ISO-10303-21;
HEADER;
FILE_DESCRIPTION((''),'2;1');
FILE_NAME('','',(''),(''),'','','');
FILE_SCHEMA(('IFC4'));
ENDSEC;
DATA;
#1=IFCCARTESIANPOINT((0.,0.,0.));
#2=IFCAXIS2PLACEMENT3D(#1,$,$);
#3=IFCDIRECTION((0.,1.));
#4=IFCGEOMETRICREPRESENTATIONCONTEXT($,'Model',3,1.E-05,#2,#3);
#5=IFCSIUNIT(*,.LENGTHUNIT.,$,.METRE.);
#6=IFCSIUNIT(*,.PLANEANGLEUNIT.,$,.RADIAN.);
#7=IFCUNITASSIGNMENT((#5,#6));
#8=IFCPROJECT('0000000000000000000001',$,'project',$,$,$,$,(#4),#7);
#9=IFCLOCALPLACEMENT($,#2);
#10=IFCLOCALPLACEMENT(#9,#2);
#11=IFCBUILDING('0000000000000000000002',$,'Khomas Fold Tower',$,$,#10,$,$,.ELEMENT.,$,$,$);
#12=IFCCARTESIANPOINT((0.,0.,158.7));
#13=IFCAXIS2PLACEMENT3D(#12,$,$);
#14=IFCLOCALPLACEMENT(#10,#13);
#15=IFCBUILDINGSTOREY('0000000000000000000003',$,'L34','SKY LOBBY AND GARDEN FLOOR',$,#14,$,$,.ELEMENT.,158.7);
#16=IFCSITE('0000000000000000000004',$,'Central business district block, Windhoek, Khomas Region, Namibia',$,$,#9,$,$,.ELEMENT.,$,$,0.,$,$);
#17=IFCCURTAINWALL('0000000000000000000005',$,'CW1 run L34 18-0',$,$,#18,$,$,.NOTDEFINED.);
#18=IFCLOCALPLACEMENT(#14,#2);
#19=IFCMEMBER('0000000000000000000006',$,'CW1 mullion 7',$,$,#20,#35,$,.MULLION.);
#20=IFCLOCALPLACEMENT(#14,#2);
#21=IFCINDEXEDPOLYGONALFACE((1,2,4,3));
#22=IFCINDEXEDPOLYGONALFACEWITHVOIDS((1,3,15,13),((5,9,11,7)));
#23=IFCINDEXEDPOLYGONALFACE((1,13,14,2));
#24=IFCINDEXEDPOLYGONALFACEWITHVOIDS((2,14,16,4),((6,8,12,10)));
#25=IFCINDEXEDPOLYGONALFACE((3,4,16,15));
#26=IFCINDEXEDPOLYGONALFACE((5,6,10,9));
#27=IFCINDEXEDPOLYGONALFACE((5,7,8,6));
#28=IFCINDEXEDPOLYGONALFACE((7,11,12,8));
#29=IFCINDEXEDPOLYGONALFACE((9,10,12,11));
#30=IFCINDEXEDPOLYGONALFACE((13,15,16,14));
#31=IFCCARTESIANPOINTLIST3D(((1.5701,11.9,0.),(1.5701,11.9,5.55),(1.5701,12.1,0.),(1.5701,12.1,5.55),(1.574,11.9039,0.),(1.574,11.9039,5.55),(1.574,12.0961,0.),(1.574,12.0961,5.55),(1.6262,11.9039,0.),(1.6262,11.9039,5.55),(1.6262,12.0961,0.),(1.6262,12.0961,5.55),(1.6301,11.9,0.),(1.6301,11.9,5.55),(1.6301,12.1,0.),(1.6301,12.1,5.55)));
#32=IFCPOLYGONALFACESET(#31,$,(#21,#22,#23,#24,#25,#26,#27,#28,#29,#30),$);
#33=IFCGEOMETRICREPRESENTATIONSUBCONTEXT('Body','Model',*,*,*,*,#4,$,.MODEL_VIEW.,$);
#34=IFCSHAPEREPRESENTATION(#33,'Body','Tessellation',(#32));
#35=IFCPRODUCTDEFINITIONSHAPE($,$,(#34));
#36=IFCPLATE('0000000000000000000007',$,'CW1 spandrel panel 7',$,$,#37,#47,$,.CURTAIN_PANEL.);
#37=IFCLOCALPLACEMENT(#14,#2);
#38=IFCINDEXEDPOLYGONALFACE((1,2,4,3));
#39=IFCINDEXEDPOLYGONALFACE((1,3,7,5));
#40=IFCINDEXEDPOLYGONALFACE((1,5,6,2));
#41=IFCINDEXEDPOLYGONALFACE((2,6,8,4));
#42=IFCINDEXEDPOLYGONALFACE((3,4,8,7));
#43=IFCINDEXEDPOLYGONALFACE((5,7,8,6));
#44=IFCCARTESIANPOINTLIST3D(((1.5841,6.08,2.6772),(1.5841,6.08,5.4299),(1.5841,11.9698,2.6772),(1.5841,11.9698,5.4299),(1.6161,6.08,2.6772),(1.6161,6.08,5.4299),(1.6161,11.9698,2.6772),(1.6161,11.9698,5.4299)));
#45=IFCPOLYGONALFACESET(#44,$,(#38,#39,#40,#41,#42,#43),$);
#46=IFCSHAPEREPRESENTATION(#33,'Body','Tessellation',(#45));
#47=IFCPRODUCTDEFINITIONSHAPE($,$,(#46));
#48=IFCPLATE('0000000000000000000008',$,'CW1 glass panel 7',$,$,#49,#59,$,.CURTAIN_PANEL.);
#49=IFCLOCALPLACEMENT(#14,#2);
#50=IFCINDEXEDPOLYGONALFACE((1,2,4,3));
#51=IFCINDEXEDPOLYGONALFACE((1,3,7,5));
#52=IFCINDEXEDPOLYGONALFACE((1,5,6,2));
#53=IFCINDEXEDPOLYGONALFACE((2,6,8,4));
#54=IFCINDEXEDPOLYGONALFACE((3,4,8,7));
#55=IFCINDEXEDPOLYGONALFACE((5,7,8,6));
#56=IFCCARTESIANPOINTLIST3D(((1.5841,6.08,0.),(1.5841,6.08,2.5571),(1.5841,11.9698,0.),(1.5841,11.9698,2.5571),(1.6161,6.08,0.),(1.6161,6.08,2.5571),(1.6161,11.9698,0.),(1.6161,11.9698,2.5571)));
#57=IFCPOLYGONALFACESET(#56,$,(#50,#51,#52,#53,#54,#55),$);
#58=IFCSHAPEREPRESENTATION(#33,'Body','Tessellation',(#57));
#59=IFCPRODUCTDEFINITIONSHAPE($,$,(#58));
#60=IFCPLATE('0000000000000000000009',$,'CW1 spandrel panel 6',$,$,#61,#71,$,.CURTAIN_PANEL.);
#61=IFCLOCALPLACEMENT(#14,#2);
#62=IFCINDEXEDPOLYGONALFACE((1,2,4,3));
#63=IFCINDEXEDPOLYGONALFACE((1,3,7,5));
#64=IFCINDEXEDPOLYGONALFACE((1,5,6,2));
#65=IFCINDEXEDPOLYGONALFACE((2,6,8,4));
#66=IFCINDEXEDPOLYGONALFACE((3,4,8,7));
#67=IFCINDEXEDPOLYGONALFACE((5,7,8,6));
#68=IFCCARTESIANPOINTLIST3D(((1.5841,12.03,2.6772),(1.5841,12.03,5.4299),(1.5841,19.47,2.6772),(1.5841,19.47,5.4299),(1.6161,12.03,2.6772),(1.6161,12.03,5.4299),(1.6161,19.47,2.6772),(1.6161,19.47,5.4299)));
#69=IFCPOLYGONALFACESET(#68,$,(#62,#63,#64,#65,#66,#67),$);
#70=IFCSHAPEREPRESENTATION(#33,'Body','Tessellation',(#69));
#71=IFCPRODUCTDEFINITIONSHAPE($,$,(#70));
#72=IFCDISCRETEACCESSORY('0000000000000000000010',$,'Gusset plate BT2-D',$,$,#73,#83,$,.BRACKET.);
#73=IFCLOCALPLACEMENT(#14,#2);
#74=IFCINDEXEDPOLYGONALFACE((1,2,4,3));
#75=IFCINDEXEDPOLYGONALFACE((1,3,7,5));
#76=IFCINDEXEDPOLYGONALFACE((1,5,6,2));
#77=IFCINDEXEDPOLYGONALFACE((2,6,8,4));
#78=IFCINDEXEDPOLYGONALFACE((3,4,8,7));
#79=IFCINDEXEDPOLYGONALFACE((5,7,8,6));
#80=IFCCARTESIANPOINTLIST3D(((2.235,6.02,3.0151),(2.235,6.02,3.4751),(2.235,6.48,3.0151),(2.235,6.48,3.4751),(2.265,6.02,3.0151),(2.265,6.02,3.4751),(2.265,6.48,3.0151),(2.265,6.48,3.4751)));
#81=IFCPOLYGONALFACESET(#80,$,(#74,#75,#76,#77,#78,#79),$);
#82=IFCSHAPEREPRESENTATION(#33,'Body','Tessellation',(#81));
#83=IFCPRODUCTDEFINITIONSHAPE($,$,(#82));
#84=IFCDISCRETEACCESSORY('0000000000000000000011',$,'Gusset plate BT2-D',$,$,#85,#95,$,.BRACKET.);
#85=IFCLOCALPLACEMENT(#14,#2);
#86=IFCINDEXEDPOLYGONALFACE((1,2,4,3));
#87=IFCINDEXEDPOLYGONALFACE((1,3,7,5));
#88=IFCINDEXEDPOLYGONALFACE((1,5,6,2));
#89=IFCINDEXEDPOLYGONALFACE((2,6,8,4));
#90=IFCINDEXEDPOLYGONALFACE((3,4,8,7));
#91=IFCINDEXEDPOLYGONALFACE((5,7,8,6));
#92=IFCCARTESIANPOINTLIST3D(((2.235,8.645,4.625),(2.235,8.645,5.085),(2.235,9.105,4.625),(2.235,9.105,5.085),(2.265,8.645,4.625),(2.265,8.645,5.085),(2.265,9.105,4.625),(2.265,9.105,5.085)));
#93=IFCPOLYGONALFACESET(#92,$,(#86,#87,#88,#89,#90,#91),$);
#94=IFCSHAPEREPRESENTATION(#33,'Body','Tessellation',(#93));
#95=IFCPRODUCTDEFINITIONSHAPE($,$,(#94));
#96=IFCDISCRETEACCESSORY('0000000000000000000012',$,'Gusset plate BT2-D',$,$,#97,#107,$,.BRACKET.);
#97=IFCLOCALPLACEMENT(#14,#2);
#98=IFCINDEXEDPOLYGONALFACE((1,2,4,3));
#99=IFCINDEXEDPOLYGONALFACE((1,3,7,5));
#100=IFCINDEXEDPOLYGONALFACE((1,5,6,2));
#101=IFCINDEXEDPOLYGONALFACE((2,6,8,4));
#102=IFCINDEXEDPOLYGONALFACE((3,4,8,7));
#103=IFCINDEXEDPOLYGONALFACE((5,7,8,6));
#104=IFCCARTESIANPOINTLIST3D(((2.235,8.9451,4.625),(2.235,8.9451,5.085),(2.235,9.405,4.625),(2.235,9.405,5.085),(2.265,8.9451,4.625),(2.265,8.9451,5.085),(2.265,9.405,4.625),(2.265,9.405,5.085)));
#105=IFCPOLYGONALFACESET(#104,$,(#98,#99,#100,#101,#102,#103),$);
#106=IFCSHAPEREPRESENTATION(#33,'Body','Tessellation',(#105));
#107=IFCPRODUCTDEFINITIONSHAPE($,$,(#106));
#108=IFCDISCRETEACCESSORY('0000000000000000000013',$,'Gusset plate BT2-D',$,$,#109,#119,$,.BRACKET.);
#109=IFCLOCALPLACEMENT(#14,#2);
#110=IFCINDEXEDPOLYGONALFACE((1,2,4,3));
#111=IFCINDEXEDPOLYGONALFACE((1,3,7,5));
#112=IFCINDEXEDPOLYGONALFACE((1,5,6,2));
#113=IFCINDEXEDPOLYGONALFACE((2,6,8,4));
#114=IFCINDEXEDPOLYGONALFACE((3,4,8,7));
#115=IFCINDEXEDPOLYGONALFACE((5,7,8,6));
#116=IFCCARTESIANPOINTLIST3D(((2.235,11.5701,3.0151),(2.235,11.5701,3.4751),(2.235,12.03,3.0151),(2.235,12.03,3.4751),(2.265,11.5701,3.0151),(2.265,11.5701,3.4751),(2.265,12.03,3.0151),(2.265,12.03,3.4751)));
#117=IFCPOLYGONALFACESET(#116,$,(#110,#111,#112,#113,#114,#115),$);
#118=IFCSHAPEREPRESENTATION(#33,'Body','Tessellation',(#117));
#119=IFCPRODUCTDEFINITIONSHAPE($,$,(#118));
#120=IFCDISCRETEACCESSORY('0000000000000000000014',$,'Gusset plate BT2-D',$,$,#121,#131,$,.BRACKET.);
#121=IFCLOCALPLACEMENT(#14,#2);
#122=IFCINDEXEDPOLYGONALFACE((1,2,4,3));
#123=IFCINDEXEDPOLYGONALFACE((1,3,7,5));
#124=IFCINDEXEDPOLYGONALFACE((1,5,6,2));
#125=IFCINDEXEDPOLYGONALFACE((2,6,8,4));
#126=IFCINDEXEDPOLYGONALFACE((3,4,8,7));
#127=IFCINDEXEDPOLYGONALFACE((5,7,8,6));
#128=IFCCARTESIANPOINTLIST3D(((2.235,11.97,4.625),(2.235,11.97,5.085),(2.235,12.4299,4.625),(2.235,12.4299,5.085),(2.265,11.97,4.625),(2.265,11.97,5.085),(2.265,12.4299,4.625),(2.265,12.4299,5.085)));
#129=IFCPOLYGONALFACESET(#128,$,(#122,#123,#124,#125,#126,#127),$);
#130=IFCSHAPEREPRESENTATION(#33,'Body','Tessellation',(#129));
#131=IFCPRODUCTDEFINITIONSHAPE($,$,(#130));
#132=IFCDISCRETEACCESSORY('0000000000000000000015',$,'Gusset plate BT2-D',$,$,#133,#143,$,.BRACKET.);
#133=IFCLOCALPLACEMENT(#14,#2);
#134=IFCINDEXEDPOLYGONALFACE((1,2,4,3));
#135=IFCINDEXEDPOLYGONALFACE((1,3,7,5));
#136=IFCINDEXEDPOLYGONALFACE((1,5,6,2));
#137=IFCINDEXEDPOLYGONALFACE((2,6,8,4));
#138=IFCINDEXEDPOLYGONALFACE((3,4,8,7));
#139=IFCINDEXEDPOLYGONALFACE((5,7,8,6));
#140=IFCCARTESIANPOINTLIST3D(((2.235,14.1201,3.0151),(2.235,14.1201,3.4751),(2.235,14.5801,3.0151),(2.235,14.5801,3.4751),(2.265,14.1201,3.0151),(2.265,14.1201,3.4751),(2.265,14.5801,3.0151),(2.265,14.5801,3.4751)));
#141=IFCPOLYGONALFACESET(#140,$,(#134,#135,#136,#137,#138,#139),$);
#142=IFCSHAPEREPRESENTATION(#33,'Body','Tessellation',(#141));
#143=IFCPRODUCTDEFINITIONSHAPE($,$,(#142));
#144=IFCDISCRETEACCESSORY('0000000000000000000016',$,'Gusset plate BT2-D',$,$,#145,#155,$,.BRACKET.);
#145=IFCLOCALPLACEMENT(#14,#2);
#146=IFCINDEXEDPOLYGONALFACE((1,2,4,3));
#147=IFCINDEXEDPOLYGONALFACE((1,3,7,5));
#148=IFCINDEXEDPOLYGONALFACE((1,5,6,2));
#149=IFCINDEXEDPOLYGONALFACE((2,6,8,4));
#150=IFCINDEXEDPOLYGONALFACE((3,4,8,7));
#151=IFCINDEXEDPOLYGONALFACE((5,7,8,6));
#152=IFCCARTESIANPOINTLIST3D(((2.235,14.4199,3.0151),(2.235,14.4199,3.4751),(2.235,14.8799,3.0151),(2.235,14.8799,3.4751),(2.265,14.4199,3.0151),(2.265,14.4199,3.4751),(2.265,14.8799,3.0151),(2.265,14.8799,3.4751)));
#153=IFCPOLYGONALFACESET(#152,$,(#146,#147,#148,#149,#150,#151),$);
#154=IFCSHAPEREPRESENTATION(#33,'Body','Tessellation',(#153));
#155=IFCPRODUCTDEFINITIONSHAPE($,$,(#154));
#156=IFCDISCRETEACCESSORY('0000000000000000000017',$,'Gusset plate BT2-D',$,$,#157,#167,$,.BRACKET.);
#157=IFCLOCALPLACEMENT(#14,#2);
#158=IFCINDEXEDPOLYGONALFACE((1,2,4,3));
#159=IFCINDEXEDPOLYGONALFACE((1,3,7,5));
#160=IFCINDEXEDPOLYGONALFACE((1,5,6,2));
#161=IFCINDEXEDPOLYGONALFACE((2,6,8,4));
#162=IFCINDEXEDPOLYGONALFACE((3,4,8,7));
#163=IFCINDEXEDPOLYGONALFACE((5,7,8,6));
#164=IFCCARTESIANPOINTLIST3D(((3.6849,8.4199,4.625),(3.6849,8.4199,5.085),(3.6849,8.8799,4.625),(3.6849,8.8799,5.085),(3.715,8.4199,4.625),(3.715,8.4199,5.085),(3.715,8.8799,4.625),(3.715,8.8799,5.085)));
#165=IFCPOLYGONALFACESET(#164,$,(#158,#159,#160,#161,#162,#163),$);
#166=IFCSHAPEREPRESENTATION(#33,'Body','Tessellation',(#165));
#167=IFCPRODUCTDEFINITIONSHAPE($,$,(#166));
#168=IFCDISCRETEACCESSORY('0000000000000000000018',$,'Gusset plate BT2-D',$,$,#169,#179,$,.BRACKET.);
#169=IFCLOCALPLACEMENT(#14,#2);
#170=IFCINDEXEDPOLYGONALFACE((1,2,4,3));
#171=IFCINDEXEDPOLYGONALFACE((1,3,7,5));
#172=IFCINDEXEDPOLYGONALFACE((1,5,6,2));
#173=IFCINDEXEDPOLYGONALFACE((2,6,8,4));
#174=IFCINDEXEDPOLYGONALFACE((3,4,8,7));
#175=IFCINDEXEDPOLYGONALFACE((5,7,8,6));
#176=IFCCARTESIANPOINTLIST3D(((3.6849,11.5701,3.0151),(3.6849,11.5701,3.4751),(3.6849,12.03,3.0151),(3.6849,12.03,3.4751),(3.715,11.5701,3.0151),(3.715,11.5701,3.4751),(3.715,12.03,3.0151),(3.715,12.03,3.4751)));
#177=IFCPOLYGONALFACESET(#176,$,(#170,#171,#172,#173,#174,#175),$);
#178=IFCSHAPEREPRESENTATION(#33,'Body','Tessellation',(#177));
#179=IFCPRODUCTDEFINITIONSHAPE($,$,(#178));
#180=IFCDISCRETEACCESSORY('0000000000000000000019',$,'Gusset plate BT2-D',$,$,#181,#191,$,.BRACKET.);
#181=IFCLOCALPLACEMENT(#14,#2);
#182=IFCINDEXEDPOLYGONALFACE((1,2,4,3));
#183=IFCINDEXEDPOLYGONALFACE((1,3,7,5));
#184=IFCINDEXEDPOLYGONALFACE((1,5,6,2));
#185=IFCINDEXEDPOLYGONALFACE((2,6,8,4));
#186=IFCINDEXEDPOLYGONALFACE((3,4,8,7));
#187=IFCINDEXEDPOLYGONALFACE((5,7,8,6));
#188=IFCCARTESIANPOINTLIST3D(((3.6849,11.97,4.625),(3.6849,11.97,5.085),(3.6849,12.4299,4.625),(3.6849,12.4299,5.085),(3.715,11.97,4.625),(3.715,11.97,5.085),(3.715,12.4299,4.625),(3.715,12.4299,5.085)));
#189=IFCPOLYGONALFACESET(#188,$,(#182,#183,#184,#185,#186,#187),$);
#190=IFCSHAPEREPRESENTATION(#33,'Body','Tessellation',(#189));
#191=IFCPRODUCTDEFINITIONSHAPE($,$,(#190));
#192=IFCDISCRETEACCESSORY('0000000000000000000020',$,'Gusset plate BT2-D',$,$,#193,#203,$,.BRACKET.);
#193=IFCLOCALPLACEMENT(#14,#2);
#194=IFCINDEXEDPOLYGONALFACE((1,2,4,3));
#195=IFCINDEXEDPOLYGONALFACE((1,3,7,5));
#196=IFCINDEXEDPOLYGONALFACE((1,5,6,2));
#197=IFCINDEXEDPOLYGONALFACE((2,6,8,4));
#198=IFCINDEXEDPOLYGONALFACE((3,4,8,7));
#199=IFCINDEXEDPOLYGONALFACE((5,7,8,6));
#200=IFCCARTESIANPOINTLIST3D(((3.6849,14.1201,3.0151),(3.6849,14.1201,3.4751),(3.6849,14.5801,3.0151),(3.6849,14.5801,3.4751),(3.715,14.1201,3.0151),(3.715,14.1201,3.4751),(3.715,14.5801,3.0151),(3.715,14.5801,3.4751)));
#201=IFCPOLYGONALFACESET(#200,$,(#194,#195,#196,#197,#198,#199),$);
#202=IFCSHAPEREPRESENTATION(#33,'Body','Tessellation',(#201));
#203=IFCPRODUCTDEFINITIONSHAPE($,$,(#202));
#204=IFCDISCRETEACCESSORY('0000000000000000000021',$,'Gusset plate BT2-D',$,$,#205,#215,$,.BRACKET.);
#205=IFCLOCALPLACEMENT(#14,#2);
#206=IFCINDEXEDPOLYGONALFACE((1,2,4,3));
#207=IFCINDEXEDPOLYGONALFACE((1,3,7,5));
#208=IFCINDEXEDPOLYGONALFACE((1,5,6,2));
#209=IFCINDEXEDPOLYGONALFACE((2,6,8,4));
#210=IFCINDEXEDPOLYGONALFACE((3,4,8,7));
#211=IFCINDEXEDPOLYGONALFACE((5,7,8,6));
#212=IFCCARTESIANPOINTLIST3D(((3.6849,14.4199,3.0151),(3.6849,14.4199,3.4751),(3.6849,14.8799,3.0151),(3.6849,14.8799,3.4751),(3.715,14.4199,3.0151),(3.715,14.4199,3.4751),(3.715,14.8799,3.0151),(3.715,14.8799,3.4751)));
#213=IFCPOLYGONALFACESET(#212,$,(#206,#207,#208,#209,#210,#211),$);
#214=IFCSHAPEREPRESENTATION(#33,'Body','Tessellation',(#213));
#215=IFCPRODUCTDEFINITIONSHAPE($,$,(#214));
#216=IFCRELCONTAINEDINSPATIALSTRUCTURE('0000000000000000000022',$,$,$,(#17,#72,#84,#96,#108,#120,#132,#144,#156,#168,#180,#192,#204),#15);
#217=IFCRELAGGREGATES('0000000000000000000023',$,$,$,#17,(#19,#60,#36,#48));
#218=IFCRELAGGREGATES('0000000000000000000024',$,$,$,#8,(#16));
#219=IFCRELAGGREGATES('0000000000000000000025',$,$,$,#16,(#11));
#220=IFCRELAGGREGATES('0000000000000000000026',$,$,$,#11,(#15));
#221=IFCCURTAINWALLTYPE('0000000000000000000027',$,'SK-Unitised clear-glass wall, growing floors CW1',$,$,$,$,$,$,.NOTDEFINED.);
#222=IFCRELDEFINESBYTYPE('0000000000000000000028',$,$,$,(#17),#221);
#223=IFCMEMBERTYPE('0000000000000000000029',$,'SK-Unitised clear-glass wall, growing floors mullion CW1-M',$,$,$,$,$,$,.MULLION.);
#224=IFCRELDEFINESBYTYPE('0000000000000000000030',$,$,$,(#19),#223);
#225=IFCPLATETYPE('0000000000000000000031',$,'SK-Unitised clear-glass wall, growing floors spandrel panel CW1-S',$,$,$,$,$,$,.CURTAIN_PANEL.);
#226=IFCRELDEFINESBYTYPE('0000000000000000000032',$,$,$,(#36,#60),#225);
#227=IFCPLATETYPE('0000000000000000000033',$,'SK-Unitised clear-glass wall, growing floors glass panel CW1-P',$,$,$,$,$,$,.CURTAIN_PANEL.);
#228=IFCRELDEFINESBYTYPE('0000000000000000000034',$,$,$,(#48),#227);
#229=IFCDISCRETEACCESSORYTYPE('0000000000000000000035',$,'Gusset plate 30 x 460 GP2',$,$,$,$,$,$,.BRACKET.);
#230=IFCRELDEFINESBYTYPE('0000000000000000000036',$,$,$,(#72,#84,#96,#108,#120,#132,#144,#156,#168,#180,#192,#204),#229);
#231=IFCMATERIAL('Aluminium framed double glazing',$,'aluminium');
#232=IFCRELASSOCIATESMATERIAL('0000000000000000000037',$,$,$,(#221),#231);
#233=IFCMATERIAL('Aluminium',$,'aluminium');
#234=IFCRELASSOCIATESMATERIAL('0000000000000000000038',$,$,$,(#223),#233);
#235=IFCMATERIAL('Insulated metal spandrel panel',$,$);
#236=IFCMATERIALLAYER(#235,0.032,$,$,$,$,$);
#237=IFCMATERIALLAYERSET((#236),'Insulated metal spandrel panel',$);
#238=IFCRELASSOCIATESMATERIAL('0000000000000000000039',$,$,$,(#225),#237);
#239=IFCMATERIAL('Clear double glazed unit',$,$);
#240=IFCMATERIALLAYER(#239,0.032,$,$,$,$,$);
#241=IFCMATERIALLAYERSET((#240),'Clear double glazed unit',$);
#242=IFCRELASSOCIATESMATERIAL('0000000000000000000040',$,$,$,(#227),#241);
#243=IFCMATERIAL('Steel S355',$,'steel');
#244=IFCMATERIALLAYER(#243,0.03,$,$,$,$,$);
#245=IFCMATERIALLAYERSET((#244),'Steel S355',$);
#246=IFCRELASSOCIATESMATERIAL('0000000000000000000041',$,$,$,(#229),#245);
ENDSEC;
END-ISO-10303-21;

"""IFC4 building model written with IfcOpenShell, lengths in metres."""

from ifc_helpers import new_model, si_unit, direction, frame, origin, origin_2d, place, context, subcontext, project, spatial, rectangle, hollow_rectangle, extrude, source, transform, mapped, material, layer, layer_set, material_profile, profile_set, type_object, element, aggregate, save


model = new_model("IFC4")

# Units and contexts
model_context = context("Model", 3, precision=1e-05, world=origin(), true_north=direction((0.0, 1.0)))
body_context = subcontext(model_context, "Body", "Model", "MODEL_VIEW")
ifc_project = project(units=[si_unit("LENGTHUNIT", "METRE"), si_unit("PLANEANGLEUNIT", "RADIAN")], contexts=[model_context])

# Site, building, storey
site_placement = place(None, origin())
site = spatial("IfcSite", under=ifc_project, at=site_placement, Name="Central business district block, Windhoek, Khomas Region, Namibia", CompositionType="ELEMENT", RefElevation=0.0)
building_placement = place(site_placement, origin())
building = spatial("IfcBuilding", under=site, at=building_placement, Name="Khomas Fold Tower", CompositionType="ELEMENT")
storey_placement = place(building_placement, frame((0.0, 0.0, 158.7)))
storey = spatial("IfcBuildingStorey", under=building, at=storey_placement, Name="L34", Description="SKY LOBBY AND GARDEN FLOOR", CompositionType="ELEMENT", Elevation=158.7)

# Curtain wall, member, plates
ifc_material_1 = material(Name="Aluminium framed double glazing", Category="aluminium")
curtain_wall_type = type_object("IfcCurtainWallType", Name="SK-Unitised clear-glass wall, growing floors CW1", PredefinedType="NOTDEFINED", material=ifc_material_1)
curtain_wall_placement = place(storey_placement, origin())
curtain_wall = element("IfcCurtainWall", 1, at=curtain_wall_placement, inside=storey, type_object=curtain_wall_type, Name="CW1 run L34 18-0", PredefinedType="NOTDEFINED")
ifc_material_2 = material(Name="Aluminium", Category="aluminium")
ifc_material_profile_1 = material_profile(ifc_material_2, hollow_rectangle(XDim=0.0601, YDim=0.2, WallThickness=0.0039, at=origin_2d()), Name="SK-Unitised clear-glass wall, growing floors mullion CW1-M")
ifc_profile_set_1 = profile_set([ifc_material_profile_1], Name="Aluminium")
member_type_1 = type_object("IfcMemberType", Name="SK-Unitised clear-glass wall, growing floors mullion CW1-M", PredefinedType="MULLION", material=ifc_profile_set_1)
shared_shape_1 = source(origin(), body_context, "Body", "SweptSolid", [
    extrude(hollow_rectangle(XDim=0.0601, YDim=0.2, WallThickness=0.0039, at=origin_2d()), origin(), (0.0, 0.0, 1.0), 5.55),
])
member_1_placement = place(storey_placement, frame((1.6001, 12.0, 0.0), z_axis=(0.0, 0.0, 1.0), x_axis=(1.0, 0.0, 0.0)))
member_1 = element("IfcMember", 2, at=member_1_placement, type_object=member_type_1, Name="CW1 mullion 7", PredefinedType="MULLION", context=body_context, shape_type="MappedRepresentation", body=[
    mapped(shared_shape_1, transform((0.0, 0.0, 0.0))),
])
ifc_material_3 = material(Name="Insulated metal spandrel panel")
ifc_layer_1 = layer(ifc_material_3, 0.032)
ifc_layer_set_1 = layer_set([ifc_layer_1], Name="Insulated metal spandrel panel")
plate_type_1 = type_object("IfcPlateType", Name="SK-Unitised clear-glass wall, growing floors spandrel panel CW1-S", PredefinedType="CURTAIN_PANEL", material=ifc_layer_set_1)
shared_shape_2 = source(origin(), body_context, "Body", "SweptSolid", [
    extrude(rectangle(XDim=5.8899, YDim=0.032, at=origin_2d()), origin(), (0.0, 0.0, 1.0), 2.7527),
])
plate_1_placement = place(storey_placement, frame((1.6001, 9.0249, 2.6772), z_axis=(0.0, 0.0, 1.0), x_axis=(0.0, -1.0, 0.0)))
plate_1 = element("IfcPlate", 3, at=plate_1_placement, type_object=plate_type_1, Name="CW1 spandrel panel 7", PredefinedType="CURTAIN_PANEL", context=body_context, shape_type="MappedRepresentation", body=[
    mapped(shared_shape_2, transform((0.0, 0.0, 0.0))),
])
ifc_material_4 = material(Name="Clear double glazed unit")
ifc_layer_2 = layer(ifc_material_4, 0.032)
ifc_layer_set_2 = layer_set([ifc_layer_2], Name="Clear double glazed unit")
plate_type_2 = type_object("IfcPlateType", Name="SK-Unitised clear-glass wall, growing floors glass panel CW1-P", PredefinedType="CURTAIN_PANEL", material=ifc_layer_set_2)
shared_shape_3 = source(origin(), body_context, "Body", "SweptSolid", [
    extrude(rectangle(XDim=5.8899, YDim=0.032, at=origin_2d()), origin(), (0.0, 0.0, 1.0), 2.5571),
])
plate_2_placement = place(storey_placement, frame((1.6001, 9.0249, 0.0), z_axis=(0.0, 0.0, 1.0), x_axis=(0.0, -1.0, 0.0)))
plate_2 = element("IfcPlate", 4, at=plate_2_placement, type_object=plate_type_2, Name="CW1 glass panel 7", PredefinedType="CURTAIN_PANEL", context=body_context, shape_type="MappedRepresentation", body=[
    mapped(shared_shape_3, transform((0.0, 0.0, 0.0))),
])
shared_shape_4 = source(origin(), body_context, "Body", "SweptSolid", [
    extrude(rectangle(XDim=7.4399, YDim=0.032, at=origin_2d()), origin(), (0.0, 0.0, 1.0), 2.7527),
])
plate_3_placement = place(storey_placement, frame((1.6001, 15.75, 2.6772), z_axis=(0.0, 0.0, 1.0), x_axis=(0.0, -1.0, 0.0)))
plate_3 = element("IfcPlate", 5, at=plate_3_placement, type_object=plate_type_1, Name="CW1 spandrel panel 6", PredefinedType="CURTAIN_PANEL", context=body_context, shape_type="MappedRepresentation", body=[
    mapped(shared_shape_4, transform((0.0, 0.0, 0.0))),
])
aggregate(curtain_wall, [member_1, plate_3, plate_1, plate_2])

# Discrete accessories
ifc_material_5 = material(Name="Steel S355", Category="steel")
ifc_layer_3 = layer(ifc_material_5, 0.03)
ifc_layer_set_3 = layer_set([ifc_layer_3], Name="Steel S355")
discrete_accessory_type = type_object("IfcDiscreteAccessoryType", Name="Gusset plate 30 x 460 GP2", PredefinedType="BRACKET", material=ifc_layer_set_3)
shared_shape_5 = source(origin(), body_context, "Body", "SweptSolid", [
    extrude(rectangle(XDim=0.46, YDim=0.03, at=origin_2d()), origin(), (0.0, 0.0, 1.0), 0.46),
])
for number, where, z_axis, x_axis, name in (
    (6, (2.25, 6.25, 3.0151), (0.0, 0.0, 1.0), (0.0, 1.0, 0.0), "Gusset plate BT2-D"),
    (7, (2.25, 8.875, 4.625), (0.0, 0.0, 1.0), (0.0, 1.0, 0.0), "Gusset plate BT2-D"),
    (8, (2.25, 9.175, 4.625), (0.0, 0.0, 1.0), (0.0, 1.0, 0.0), "Gusset plate BT2-D"),
    (9, (2.25, 11.8, 3.0151), (0.0, 0.0, 1.0), (0.0, 1.0, 0.0), "Gusset plate BT2-D"),
    (10, (2.25, 12.2, 4.625), (0.0, 0.0, 1.0), (0.0, 1.0, 0.0), "Gusset plate BT2-D"),
    (11, (2.25, 14.3501, 3.0151), (0.0, 0.0, 1.0), (0.0, 1.0, 0.0), "Gusset plate BT2-D"),
    (12, (2.25, 14.6499, 3.0151), (0.0, 0.0, 1.0), (0.0, 1.0, 0.0), "Gusset plate BT2-D"),
    (13, (3.7, 8.6499, 4.625), (0.0, 0.0, 1.0), (0.0, 1.0, 0.0), "Gusset plate BT2-D"),
    (14, (3.7, 11.8, 3.0151), (0.0, 0.0, 1.0), (0.0, 1.0, 0.0), "Gusset plate BT2-D"),
    (15, (3.7, 12.2, 4.625), (0.0, 0.0, 1.0), (0.0, 1.0, 0.0), "Gusset plate BT2-D"),
    (16, (3.7, 14.3501, 3.0151), (0.0, 0.0, 1.0), (0.0, 1.0, 0.0), "Gusset plate BT2-D"),
    (17, (3.7, 14.6499, 3.0151), (0.0, 0.0, 1.0), (0.0, 1.0, 0.0), "Gusset plate BT2-D"),
):
    element("IfcDiscreteAccessory", number, at=place(storey_placement, frame(where, z_axis=z_axis, x_axis=x_axis)), inside=storey, type_object=discrete_accessory_type, Name=name, PredefinedType="BRACKET", context=body_context, shape_type="MappedRepresentation", body=[
        mapped(shared_shape_5, transform((0.0, 0.0, 0.0))),
    ])

save(model, "model.ifc")
